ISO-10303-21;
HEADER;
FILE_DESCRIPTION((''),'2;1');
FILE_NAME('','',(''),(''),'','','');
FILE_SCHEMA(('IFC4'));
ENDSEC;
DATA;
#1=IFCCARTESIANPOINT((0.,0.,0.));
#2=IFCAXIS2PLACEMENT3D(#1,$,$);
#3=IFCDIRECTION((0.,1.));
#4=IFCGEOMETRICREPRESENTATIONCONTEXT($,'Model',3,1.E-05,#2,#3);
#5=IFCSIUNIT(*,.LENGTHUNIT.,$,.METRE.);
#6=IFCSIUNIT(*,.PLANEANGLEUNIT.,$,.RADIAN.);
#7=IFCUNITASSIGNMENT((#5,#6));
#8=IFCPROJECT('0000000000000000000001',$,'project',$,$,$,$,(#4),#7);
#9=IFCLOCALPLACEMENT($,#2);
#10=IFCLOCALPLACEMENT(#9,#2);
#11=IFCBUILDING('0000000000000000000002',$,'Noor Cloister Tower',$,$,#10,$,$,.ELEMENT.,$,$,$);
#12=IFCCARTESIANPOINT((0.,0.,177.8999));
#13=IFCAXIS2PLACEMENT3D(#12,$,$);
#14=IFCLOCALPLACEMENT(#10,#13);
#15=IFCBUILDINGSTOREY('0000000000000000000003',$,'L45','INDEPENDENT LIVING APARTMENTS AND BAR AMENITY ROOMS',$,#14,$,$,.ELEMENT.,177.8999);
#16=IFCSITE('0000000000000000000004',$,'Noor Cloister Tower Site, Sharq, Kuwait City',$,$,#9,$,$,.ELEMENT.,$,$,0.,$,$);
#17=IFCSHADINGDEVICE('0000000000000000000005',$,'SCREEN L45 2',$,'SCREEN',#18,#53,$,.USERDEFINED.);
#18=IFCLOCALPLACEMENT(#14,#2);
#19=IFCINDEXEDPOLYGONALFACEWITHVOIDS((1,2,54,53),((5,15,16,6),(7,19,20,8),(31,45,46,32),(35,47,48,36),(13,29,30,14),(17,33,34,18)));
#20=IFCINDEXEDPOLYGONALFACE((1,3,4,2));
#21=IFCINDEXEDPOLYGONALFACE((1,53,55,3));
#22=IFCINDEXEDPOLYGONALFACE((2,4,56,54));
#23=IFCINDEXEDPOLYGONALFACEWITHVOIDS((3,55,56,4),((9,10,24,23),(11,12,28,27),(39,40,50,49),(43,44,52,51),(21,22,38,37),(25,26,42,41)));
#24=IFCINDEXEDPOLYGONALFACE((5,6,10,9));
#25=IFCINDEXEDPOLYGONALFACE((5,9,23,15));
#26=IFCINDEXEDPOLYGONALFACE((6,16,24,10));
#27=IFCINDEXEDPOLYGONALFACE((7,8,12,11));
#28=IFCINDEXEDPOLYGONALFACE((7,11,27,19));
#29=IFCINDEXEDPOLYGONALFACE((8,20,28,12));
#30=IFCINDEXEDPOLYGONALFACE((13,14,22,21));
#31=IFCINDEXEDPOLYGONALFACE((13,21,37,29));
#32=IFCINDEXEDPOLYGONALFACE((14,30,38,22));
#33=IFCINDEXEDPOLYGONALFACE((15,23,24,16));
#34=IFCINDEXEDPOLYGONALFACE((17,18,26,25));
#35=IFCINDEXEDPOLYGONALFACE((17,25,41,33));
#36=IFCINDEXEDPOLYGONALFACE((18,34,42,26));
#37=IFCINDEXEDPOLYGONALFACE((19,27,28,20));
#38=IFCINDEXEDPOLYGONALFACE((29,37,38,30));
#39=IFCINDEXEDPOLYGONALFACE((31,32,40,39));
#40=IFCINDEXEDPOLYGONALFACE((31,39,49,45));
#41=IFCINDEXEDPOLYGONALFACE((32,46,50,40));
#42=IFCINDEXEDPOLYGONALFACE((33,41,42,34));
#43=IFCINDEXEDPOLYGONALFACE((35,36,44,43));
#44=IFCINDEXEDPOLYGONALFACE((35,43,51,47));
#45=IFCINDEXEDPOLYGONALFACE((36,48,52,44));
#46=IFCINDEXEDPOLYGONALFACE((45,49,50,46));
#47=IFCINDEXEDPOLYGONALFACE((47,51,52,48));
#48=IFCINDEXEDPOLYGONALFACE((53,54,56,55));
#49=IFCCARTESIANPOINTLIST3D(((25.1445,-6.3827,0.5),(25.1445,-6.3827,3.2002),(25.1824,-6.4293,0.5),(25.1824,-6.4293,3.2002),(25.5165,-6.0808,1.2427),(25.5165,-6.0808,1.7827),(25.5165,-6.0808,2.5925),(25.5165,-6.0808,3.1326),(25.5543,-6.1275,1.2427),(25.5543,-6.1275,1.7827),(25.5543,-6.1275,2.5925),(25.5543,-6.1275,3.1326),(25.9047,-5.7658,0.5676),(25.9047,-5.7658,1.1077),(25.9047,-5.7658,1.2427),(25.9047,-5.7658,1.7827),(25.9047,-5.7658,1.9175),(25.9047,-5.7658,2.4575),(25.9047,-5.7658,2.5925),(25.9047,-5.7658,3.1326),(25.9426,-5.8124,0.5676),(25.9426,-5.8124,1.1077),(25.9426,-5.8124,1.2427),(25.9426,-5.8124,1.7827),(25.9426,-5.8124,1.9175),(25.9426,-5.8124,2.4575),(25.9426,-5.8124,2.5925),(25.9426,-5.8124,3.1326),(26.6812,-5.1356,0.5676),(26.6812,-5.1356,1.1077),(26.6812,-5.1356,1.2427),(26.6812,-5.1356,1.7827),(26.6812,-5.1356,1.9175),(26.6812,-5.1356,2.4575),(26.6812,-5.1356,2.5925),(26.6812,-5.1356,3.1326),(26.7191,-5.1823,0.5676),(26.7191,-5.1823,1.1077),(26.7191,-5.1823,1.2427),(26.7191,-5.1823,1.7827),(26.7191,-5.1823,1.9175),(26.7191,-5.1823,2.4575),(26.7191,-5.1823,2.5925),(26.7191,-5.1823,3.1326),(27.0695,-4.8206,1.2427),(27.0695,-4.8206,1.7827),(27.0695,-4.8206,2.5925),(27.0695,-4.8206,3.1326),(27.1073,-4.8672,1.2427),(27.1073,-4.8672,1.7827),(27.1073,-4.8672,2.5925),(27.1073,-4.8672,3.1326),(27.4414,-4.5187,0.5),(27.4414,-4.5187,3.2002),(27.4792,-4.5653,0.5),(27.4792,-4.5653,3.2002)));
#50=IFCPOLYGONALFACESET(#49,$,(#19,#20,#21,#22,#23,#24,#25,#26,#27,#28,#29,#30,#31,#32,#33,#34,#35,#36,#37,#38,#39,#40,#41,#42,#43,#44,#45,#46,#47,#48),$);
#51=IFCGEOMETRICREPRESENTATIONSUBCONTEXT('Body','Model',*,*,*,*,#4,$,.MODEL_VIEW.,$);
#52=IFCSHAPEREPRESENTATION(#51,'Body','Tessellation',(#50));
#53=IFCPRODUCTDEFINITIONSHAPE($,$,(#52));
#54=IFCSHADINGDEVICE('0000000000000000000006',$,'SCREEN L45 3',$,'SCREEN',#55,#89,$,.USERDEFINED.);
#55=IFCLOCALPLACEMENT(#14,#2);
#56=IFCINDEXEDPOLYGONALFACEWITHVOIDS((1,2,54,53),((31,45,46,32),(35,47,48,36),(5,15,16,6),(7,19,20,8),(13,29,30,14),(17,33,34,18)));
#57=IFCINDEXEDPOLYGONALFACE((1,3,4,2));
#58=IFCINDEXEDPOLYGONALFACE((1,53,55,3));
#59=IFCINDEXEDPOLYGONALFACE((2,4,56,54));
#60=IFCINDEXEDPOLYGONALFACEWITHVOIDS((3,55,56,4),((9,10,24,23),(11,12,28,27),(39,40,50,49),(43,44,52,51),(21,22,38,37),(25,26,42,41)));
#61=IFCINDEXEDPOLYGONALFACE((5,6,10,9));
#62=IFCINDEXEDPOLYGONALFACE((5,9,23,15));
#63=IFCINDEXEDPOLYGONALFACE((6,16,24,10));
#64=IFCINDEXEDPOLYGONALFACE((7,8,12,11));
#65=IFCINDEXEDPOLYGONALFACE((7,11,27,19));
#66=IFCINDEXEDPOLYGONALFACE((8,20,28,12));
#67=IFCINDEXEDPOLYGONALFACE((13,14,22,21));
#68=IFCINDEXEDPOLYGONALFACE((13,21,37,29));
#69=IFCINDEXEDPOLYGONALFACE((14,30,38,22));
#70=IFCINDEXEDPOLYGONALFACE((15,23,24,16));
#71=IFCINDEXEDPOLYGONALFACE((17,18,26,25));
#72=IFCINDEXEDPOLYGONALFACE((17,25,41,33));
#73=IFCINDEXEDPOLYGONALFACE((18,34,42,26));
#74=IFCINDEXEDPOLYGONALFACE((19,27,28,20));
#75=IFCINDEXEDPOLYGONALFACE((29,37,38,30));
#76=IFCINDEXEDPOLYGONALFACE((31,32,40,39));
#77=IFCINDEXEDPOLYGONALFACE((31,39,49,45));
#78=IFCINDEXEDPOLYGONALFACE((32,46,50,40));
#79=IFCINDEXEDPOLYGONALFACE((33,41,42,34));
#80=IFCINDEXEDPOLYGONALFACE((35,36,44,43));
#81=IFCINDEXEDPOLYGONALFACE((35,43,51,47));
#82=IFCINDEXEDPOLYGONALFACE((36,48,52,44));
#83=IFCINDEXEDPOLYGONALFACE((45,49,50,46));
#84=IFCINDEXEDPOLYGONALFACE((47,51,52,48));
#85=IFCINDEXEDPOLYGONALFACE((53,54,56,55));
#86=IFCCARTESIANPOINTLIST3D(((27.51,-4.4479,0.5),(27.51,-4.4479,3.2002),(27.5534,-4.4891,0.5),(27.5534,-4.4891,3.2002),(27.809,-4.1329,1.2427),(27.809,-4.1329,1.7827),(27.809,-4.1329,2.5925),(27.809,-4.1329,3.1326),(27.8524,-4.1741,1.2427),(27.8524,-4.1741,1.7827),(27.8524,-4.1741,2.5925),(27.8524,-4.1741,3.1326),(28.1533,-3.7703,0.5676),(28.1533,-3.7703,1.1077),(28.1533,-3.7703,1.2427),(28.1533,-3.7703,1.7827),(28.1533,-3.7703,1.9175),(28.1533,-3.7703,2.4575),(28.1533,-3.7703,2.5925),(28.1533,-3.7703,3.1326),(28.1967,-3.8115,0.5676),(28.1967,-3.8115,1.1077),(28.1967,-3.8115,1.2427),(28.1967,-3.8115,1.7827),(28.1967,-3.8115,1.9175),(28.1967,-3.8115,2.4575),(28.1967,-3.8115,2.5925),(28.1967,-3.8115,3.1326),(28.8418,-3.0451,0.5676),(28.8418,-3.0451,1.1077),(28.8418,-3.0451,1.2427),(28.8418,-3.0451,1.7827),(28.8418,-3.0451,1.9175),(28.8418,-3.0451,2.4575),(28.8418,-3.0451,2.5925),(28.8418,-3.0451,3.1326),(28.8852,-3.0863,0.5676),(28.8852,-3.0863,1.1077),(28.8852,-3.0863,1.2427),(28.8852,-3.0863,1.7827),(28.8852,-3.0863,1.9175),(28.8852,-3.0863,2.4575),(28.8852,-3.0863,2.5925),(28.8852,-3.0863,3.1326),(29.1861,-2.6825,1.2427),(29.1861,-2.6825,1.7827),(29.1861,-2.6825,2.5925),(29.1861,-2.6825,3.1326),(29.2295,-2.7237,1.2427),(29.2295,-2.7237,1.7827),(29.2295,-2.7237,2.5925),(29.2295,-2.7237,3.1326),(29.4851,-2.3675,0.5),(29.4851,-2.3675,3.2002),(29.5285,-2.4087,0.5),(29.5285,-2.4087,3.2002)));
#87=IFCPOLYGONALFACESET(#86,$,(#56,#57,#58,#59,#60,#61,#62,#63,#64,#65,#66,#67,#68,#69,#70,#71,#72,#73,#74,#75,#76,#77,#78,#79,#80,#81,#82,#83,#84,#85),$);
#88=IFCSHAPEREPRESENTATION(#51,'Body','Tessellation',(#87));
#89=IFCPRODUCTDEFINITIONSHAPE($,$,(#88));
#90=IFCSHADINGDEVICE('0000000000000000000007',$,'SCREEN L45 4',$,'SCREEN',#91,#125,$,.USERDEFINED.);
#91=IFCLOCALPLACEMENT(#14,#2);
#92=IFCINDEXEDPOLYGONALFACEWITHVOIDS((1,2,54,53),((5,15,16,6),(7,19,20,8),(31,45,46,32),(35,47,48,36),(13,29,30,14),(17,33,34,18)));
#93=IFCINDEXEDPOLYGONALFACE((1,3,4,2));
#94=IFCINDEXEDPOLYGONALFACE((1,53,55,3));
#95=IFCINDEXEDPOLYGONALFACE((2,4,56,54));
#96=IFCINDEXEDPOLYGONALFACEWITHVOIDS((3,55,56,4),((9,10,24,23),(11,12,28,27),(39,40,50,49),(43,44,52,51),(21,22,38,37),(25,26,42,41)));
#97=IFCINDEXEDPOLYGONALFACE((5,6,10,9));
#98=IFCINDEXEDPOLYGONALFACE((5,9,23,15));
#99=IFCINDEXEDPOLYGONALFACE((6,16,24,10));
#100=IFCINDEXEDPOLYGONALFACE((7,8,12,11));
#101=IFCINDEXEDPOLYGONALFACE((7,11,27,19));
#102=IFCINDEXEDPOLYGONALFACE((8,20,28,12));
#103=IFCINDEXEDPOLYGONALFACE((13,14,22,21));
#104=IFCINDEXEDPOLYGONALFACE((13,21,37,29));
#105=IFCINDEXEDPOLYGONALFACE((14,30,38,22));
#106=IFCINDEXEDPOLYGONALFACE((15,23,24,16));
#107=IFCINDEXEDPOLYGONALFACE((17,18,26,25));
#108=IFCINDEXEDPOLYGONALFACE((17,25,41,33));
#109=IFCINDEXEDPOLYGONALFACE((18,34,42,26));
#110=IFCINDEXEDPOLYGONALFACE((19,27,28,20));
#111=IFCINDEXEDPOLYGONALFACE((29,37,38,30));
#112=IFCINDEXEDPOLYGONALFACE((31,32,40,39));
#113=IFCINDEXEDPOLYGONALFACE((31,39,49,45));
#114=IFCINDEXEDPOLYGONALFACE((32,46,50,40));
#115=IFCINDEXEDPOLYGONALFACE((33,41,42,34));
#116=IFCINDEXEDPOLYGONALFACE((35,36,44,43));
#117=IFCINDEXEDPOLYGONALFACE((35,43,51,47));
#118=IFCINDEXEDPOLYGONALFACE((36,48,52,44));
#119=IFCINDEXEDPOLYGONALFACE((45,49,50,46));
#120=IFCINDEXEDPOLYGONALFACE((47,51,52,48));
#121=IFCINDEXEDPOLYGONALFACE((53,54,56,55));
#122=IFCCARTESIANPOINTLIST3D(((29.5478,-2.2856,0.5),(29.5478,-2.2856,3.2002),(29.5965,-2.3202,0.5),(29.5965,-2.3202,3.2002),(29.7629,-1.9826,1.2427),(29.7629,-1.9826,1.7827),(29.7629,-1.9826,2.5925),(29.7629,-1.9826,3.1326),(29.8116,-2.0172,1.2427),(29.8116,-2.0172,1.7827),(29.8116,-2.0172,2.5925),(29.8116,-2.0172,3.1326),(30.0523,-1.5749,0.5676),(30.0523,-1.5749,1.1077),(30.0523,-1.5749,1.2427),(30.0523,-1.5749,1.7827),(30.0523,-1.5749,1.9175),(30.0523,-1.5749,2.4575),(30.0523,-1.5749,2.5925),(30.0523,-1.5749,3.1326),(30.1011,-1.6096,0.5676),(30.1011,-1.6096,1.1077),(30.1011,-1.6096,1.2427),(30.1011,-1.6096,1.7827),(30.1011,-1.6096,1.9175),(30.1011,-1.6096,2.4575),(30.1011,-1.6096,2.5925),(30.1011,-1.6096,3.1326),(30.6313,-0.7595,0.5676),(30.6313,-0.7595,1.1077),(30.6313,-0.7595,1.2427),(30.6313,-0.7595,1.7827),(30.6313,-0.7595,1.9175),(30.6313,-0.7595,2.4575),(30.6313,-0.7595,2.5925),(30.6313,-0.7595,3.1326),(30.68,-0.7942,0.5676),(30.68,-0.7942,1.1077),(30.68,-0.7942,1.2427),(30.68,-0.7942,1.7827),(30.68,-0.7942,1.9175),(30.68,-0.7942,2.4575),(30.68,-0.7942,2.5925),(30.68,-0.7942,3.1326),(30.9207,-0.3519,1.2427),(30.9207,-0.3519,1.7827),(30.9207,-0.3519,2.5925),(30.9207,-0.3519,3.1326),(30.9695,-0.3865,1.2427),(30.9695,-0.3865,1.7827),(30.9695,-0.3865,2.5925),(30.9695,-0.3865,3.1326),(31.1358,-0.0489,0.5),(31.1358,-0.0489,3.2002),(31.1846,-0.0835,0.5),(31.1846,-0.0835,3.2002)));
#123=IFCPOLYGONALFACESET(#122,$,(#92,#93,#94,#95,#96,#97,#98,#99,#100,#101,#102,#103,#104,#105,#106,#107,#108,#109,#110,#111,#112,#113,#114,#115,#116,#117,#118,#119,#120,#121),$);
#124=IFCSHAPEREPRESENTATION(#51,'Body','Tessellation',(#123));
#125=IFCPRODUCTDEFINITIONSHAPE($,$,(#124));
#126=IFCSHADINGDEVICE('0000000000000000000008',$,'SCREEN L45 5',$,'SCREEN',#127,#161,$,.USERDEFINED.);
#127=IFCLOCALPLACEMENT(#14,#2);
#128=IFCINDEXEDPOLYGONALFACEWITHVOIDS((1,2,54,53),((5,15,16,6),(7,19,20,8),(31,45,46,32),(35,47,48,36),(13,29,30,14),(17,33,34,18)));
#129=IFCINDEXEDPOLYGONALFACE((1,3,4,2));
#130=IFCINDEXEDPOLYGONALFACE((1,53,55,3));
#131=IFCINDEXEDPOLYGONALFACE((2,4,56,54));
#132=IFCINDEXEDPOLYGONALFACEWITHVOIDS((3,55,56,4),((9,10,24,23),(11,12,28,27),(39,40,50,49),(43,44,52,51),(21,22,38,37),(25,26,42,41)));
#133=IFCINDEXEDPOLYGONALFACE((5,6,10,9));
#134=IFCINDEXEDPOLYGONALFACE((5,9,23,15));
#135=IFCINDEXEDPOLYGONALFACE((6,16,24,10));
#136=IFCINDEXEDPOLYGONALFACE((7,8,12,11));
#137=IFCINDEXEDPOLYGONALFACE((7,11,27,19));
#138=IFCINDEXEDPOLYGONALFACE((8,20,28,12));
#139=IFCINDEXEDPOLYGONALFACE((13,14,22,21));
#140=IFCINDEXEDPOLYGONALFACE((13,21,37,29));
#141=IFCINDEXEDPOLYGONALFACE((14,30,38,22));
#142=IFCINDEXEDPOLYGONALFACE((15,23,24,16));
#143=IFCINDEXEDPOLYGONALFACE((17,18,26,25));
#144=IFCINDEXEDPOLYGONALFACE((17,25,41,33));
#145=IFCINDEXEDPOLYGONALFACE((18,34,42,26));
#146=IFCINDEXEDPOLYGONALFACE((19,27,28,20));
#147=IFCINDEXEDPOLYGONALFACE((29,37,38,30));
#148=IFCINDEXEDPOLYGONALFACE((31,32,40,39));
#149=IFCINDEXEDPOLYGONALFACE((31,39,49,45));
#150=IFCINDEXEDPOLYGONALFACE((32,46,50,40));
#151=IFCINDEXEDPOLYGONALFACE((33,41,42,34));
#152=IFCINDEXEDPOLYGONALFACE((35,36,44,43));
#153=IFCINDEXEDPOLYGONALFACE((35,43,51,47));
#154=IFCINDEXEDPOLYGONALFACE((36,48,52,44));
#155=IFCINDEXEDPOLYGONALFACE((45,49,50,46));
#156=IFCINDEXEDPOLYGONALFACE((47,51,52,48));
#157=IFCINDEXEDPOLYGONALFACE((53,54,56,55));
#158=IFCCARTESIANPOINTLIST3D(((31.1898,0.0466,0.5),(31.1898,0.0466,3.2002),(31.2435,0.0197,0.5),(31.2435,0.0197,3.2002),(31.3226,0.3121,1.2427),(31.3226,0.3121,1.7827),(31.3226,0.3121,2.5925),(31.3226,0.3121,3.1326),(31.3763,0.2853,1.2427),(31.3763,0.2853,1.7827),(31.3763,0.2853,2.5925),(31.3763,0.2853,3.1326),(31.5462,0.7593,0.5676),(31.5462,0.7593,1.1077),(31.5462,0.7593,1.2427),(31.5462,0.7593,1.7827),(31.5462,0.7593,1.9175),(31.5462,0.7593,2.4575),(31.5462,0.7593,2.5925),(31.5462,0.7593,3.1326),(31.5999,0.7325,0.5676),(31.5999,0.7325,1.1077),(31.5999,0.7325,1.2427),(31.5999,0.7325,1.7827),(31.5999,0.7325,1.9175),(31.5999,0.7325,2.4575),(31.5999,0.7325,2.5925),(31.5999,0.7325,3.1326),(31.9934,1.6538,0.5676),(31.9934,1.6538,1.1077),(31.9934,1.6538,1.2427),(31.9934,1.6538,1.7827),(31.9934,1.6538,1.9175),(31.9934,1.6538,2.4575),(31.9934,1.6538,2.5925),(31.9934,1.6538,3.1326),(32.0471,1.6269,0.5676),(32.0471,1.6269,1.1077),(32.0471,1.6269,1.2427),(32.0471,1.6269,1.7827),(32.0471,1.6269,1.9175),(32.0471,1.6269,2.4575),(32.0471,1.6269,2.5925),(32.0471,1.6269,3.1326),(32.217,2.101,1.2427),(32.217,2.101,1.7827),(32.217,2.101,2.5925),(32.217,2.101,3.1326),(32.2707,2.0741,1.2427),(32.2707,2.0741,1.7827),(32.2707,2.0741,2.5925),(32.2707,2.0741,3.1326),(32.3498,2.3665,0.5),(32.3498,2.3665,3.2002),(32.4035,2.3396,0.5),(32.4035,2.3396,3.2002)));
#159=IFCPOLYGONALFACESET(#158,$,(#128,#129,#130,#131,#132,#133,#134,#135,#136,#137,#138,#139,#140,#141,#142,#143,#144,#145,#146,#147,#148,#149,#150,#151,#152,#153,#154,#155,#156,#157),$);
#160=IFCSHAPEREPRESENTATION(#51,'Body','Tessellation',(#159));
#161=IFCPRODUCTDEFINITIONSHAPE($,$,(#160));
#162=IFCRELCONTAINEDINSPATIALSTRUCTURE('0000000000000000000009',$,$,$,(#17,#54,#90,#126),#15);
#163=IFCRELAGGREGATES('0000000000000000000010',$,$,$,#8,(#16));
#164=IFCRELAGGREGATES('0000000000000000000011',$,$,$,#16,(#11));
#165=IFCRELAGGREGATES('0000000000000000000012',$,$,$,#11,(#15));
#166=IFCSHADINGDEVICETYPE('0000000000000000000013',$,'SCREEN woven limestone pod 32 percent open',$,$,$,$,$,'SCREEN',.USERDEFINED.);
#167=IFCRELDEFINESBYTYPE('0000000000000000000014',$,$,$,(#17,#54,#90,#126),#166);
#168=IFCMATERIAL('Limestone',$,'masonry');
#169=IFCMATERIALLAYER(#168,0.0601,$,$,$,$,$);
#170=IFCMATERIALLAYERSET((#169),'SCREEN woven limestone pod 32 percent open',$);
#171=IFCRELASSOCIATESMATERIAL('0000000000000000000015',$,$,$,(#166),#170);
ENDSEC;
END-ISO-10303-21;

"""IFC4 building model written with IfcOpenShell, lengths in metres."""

from ifc_helpers import new_model, si_unit, direction, frame, origin, place, context, subcontext, project, spatial, polyline, outline, extrude, material, layer, layer_set, type_object, element, save


model = new_model("IFC4")

# Units and contexts
model_context = context("Model", 3, precision=1e-05, world=origin(), true_north=direction((0.0, 1.0)))
body_context = subcontext(model_context, "Body", "Model", "MODEL_VIEW")
ifc_project = project(units=[si_unit("LENGTHUNIT", "METRE"), si_unit("PLANEANGLEUNIT", "RADIAN")], contexts=[model_context])

# Site, building, storey
site_placement = place(None, origin())
site = spatial("IfcSite", under=ifc_project, at=site_placement, Name="Noor Cloister Tower Site, Sharq, Kuwait City", CompositionType="ELEMENT", RefElevation=0.0)
building_placement = place(site_placement, origin())
building = spatial("IfcBuilding", under=site, at=building_placement, Name="Noor Cloister Tower", CompositionType="ELEMENT")
storey_placement = place(building_placement, frame((0.0, 0.0, 177.8999)))
storey = spatial("IfcBuildingStorey", under=building, at=storey_placement, Name="L45", Description="INDEPENDENT LIVING APARTMENTS AND BAR AMENITY ROOMS", CompositionType="ELEMENT", Elevation=177.8999)

# Shading devices
ifc_material_1 = material(Name="Limestone", Category="masonry")
ifc_layer_1 = layer(ifc_material_1, 0.0601)
ifc_layer_set_1 = layer_set([ifc_layer_1], Name="SCREEN woven limestone pod 32 percent open")
shading_device_type = type_object("IfcShadingDeviceType", Name="SCREEN woven limestone pod 32 percent open", ElementType="SCREEN", PredefinedType="USERDEFINED", material=ifc_layer_set_1)
shading_device_1_placement = place(storey_placement, frame((26.293, -5.4507, 1.8501), z_axis=(0.630133, -0.776487, 0.0), x_axis=(0.776487, 0.630133, 0.0)))
element("IfcShadingDevice", 1, at=shading_device_1_placement, inside=storey, type_object=shading_device_type, Name="SCREEN L45 2", ObjectType="SCREEN", PredefinedType="USERDEFINED", context=body_context, shape_type="SweptSolid", body=[
    extrude(outline(polyline([(-1.479, -1.3501), (1.479, -1.3501), (1.479, 1.3501), (-1.479, 1.3501), (-1.479, -1.3501)]), holes=[polyline([(-0.5, -1.2825), (0.5, -1.2825), (0.5, -0.7424), (-0.5, -0.7424), (-0.5, -1.2825)]), polyline([(-1.0, -0.6074), (-0.5, -0.6074), (-0.5, -0.0674), (-1.0, -0.0674), (-1.0, -0.6074)]), polyline([(0.5, -0.6074), (1.0, -0.6074), (1.0, -0.0674), (0.5, -0.0674), (0.5, -0.6074)]), polyline([(-0.5, 0.0674), (0.5, 0.0674), (0.5, 0.6074), (-0.5, 0.6074), (-0.5, 0.0674)]), polyline([(-1.0, 0.7424), (-0.5, 0.7424), (-0.5, 1.2825), (-1.0, 1.2825), (-1.0, 0.7424)]), polyline([(0.5, 0.7424), (1.0, 0.7424), (1.0, 1.2825), (0.5, 1.2825), (0.5, 0.7424)])]), origin(), (0.0, 0.0, 1.0), 0.0601),
])
shading_device_2_placement = place(storey_placement, frame((28.4976, -3.4077, 1.8501), z_axis=(0.725203, -0.688535, 0.0), x_axis=(0.688535, 0.725203, 0.0)))
element("IfcShadingDevice", 2, at=shading_device_2_placement, inside=storey, type_object=shading_device_type, Name="SCREEN L45 3", ObjectType="SCREEN", PredefinedType="USERDEFINED", context=body_context, shape_type="SweptSolid", body=[
    extrude(outline(polyline([(-1.4343, -1.3501), (1.4343, -1.3501), (1.4343, 1.3501), (-1.4343, 1.3501), (-1.4343, -1.3501)]), holes=[polyline([(-0.5, -1.2825), (0.5, -1.2825), (0.5, -0.7424), (-0.5, -0.7424), (-0.5, -1.2825)]), polyline([(-1.0, -0.6074), (-0.5, -0.6074), (-0.5, -0.0674), (-1.0, -0.0674), (-1.0, -0.6074)]), polyline([(0.5, -0.6074), (1.0, -0.6074), (1.0, -0.0674), (0.5, -0.0674), (0.5, -0.6074)]), polyline([(-0.5, 0.0674), (0.5, 0.0674), (0.5, 0.6074), (-0.5, 0.6074), (-0.5, 0.0674)]), polyline([(-1.0, 0.7424), (-0.5, 0.7424), (-0.5, 1.2825), (-1.0, 1.2825), (-1.0, 0.7424)]), polyline([(0.5, 0.7424), (1.0, 0.7424), (1.0, 1.2825), (0.5, 1.2825), (0.5, 0.7424)])]), origin(), (0.0, 0.0, 1.0), 0.0598),
])
shading_device_3_placement = place(storey_placement, frame((30.3418, -1.1672, 1.8501), z_axis=(0.815383, -0.578922, 0.0), x_axis=(0.578922, 0.815383, 0.0)))
element("IfcShadingDevice", 3, at=shading_device_3_placement, inside=storey, type_object=shading_device_type, Name="SCREEN L45 4", ObjectType="SCREEN", PredefinedType="USERDEFINED", context=body_context, shape_type="SweptSolid", body=[
    extrude(outline(polyline([(-1.3716, -1.3501), (1.3716, -1.3501), (1.3716, 1.3501), (-1.3716, 1.3501), (-1.3716, -1.3501)]), holes=[polyline([(-0.5, -1.2825), (0.5, -1.2825), (0.5, -0.7424), (-0.5, -0.7424), (-0.5, -1.2825)]), polyline([(-1.0, -0.6074), (-0.5, -0.6074), (-0.5, -0.0674), (-1.0, -0.0674), (-1.0, -0.6074)]), polyline([(0.5, -0.6074), (1.0, -0.6074), (1.0, -0.0674), (0.5, -0.0674), (0.5, -0.6074)]), polyline([(-0.5, 0.0674), (0.5, 0.0674), (0.5, 0.6074), (-0.5, 0.6074), (-0.5, 0.0674)]), polyline([(-1.0, 0.7424), (-0.5, 0.7424), (-0.5, 1.2825), (-1.0, 1.2825), (-1.0, 0.7424)]), polyline([(0.5, 0.7424), (1.0, 0.7424), (1.0, 1.2825), (0.5, 1.2825), (0.5, 0.7424)])]), origin(), (0.0, 0.0, 1.0), 0.0598),
])
shading_device_4_placement = place(storey_placement, frame((31.7698, 1.2065, 1.8501), z_axis=(0.894427, -0.447214, 0.0), x_axis=(0.447214, 0.894427, 0.0)))
element("IfcShadingDevice", 4, at=shading_device_4_placement, inside=storey, type_object=shading_device_type, Name="SCREEN L45 5", ObjectType="SCREEN", PredefinedType="USERDEFINED", context=body_context, shape_type="SweptSolid", body=[
    extrude(outline(polyline([(-1.2969, -1.3501), (1.2969, -1.3501), (1.2969, 1.3501), (-1.2969, 1.3501), (-1.2969, -1.3501)]), holes=[polyline([(-0.5, -1.2825), (0.5, -1.2825), (0.5, -0.7424), (-0.5, -0.7424), (-0.5, -1.2825)]), polyline([(-1.0, -0.6074), (-0.5, -0.6074), (-0.5, -0.0674), (-1.0, -0.0674), (-1.0, -0.6074)]), polyline([(0.5, -0.6074), (1.0, -0.6074), (1.0, -0.0674), (0.5, -0.0674), (0.5, -0.6074)]), polyline([(-0.5, 0.0674), (0.5, 0.0674), (0.5, 0.6074), (-0.5, 0.6074), (-0.5, 0.0674)]), polyline([(-1.0, 0.7424), (-0.5, 0.7424), (-0.5, 1.2825), (-1.0, 1.2825), (-1.0, 0.7424)]), polyline([(0.5, 0.7424), (1.0, 0.7424), (1.0, 1.2825), (0.5, 1.2825), (0.5, 0.7424)])]), origin(), (0.0, 0.0, 1.0), 0.0601),
])

save(model, "model.ifc")
